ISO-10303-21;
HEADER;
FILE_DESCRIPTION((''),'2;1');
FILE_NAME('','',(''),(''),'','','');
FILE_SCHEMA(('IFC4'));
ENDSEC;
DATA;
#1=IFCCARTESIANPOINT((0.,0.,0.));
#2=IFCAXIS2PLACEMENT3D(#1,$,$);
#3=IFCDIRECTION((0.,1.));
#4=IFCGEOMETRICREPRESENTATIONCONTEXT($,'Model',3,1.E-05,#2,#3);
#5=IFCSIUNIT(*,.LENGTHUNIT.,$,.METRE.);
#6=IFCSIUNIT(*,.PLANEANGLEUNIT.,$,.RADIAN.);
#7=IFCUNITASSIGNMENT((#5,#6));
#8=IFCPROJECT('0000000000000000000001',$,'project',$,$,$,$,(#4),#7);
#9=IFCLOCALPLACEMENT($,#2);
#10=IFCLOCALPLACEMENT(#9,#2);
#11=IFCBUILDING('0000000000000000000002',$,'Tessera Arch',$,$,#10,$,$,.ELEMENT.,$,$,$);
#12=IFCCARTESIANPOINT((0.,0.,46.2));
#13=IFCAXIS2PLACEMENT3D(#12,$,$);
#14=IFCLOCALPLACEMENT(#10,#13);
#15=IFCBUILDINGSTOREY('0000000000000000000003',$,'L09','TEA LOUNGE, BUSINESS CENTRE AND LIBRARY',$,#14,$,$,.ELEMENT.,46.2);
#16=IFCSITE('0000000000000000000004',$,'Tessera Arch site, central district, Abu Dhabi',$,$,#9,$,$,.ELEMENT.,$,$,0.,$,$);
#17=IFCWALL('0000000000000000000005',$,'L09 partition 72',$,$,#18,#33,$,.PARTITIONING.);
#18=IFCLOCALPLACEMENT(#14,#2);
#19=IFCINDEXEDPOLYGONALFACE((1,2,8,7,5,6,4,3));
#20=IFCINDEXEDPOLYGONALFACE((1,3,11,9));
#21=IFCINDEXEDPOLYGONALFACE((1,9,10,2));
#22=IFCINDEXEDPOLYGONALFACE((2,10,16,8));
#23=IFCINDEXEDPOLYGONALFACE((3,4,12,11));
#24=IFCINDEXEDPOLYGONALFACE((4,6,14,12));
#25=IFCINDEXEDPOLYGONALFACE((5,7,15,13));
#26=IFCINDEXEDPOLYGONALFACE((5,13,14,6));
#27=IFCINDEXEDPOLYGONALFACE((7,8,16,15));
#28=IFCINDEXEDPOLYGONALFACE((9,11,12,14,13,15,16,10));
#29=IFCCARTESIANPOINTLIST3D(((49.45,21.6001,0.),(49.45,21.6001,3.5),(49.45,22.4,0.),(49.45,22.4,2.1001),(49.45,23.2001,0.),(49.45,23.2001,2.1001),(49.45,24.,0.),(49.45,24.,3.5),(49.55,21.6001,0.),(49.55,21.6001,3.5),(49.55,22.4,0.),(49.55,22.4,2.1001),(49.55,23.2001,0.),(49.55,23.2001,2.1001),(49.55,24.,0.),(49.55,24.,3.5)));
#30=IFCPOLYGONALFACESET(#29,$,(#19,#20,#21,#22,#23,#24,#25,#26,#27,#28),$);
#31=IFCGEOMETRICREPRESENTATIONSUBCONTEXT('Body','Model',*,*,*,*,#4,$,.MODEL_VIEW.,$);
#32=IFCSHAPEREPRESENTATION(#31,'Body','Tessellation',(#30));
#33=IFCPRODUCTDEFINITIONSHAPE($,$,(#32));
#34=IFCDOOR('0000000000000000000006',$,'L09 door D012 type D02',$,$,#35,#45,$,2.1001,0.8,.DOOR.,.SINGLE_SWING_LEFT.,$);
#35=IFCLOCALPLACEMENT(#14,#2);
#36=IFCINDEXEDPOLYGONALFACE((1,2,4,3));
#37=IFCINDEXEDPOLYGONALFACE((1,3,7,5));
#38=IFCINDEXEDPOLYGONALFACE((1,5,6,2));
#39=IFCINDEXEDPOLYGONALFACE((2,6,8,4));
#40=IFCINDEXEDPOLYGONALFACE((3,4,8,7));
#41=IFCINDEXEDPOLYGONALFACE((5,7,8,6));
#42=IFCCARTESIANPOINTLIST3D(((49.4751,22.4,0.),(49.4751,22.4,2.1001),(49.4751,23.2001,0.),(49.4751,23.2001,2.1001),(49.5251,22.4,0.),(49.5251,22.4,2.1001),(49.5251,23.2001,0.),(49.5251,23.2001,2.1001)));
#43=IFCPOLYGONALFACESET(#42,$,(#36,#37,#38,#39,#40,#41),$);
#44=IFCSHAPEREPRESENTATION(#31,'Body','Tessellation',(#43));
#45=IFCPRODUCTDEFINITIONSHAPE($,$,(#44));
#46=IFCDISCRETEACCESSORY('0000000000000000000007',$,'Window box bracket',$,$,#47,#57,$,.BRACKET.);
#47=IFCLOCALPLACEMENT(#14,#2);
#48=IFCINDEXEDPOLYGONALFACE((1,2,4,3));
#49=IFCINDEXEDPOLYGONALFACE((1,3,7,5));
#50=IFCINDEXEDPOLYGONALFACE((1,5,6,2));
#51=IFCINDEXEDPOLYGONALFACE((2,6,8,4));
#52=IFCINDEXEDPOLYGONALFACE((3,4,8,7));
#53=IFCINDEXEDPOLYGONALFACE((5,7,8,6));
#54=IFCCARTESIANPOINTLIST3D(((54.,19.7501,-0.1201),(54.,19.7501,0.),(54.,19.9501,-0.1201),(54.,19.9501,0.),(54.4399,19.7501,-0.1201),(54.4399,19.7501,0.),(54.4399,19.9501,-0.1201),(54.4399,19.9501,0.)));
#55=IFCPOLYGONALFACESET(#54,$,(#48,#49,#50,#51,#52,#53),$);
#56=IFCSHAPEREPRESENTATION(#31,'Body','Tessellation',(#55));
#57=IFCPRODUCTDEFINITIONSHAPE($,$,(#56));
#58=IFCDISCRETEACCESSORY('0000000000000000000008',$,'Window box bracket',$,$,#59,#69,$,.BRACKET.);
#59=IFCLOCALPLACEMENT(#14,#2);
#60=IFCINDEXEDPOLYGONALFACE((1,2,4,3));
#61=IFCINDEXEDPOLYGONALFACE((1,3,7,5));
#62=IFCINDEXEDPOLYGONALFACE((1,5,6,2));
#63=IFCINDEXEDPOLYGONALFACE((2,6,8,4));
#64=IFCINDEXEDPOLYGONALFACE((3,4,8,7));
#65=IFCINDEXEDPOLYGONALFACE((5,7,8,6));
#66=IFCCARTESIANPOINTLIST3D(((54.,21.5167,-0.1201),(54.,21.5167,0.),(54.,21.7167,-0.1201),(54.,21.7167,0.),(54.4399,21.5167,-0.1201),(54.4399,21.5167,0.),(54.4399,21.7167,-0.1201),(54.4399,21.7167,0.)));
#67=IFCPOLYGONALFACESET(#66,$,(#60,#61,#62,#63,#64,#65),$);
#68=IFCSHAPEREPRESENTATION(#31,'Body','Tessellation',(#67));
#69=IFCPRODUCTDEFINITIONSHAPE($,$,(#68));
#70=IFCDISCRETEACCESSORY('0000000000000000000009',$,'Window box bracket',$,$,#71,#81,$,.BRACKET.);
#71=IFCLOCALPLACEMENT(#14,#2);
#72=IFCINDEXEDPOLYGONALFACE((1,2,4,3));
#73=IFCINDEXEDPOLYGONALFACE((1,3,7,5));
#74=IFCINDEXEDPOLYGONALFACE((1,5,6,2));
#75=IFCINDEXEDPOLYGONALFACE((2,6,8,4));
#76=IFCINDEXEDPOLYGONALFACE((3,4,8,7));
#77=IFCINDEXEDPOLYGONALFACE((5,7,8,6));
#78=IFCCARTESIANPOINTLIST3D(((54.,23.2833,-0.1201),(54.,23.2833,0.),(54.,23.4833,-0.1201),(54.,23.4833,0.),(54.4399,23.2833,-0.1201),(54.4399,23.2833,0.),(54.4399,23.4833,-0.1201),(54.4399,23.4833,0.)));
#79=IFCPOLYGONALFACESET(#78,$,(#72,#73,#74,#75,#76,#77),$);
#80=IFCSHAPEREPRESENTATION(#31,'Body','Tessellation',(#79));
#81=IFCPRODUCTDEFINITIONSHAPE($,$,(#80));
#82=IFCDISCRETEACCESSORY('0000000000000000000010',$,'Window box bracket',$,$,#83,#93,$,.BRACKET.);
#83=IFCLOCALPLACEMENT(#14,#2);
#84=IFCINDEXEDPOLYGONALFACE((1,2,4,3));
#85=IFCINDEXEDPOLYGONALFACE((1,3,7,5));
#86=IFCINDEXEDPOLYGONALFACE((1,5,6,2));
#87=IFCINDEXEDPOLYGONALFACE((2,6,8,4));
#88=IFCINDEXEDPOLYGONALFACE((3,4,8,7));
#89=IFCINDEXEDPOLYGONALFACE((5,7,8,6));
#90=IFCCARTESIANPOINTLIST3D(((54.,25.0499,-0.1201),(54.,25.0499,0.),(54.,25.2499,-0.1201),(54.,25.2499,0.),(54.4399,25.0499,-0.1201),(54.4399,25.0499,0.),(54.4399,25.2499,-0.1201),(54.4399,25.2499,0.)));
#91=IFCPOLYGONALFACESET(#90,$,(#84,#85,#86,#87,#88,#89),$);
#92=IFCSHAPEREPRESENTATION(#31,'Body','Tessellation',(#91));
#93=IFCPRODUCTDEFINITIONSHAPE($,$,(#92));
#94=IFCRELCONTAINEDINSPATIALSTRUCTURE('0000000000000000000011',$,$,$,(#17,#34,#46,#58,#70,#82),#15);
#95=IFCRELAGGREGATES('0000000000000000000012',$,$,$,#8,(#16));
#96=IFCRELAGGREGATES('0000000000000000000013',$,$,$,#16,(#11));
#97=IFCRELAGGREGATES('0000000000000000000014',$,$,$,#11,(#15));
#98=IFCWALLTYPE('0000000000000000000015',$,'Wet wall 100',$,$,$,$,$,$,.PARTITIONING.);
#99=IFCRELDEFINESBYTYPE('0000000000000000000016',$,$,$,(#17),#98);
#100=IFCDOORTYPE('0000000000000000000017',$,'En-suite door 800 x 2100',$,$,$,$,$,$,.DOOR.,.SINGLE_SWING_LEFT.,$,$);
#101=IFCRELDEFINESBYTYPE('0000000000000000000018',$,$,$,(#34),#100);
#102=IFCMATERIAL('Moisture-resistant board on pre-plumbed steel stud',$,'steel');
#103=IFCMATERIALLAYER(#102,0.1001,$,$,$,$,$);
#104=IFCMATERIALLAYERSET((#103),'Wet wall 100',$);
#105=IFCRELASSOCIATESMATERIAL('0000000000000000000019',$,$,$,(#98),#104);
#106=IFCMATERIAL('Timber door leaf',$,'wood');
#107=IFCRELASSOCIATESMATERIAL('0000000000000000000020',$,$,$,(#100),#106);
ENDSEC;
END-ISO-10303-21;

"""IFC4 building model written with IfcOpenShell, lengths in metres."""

from ifc_helpers import new_model, si_unit, direction, frame, frame_2d, origin, origin_2d, place, context, subcontext, project, spatial, rectangle, extrude, material, layer, layer_set, type_object, element, fill, save


model = new_model("IFC4")

# Units and contexts
model_context = context("Model", 3, precision=1e-05, world=origin(), true_north=direction((0.0, 1.0)))
body_context = subcontext(model_context, "Body", "Model", "MODEL_VIEW")
ifc_project = project(units=[si_unit("LENGTHUNIT", "METRE"), si_unit("PLANEANGLEUNIT", "RADIAN")], contexts=[model_context])

# Site, building, storey
site_placement = place(None, origin())
site = spatial("IfcSite", under=ifc_project, at=site_placement, Name="Tessera Arch site, central district, Abu Dhabi", CompositionType="ELEMENT", RefElevation=0.0)
building_placement = place(site_placement, origin())
building = spatial("IfcBuilding", under=site, at=building_placement, Name="Tessera Arch", CompositionType="ELEMENT")
storey_placement = place(building_placement, frame((0.0, 0.0, 46.2)))
storey = spatial("IfcBuildingStorey", under=building, at=storey_placement, Name="L09", Description="TEA LOUNGE, BUSINESS CENTRE AND LIBRARY", CompositionType="ELEMENT", Elevation=46.2)

# Shared definitions
ifc_material_1 = material(Name="Moisture-resistant board on pre-plumbed steel stud", Category="steel")
ifc_layer_1 = layer(ifc_material_1, 0.1001)
ifc_layer_set_1 = layer_set([ifc_layer_1], Name="Wet wall 100")
wall_type_1 = type_object("IfcWallType", Name="Wet wall 100", PredefinedType="PARTITIONING", material=ifc_layer_set_1)

# Wall, opening, door
wall_1_placement = place(storey_placement, frame((49.5, 21.6001, 0.0), z_axis=(0.0, 0.0, 1.0), x_axis=(0.0, 1.0, 0.0)))
wall_1 = element("IfcWall", 1, at=wall_1_placement, inside=storey, type_object=wall_type_1, Name="L09 partition 72", PredefinedType="PARTITIONING", context=body_context, shape_type="SweptSolid", body=[
    extrude(rectangle(XDim=2.3999, YDim=0.1001, at=frame_2d((1.2, 0.0))), origin(), (0.0, 0.0, 1.0), 3.5),
])
opening_placement = place(wall_1_placement, frame((0.8, 0.0, 0.0)))
opening = element("IfcOpeningElement", 2, at=opening_placement, cuts=wall_1, PredefinedType="OPENING", context=body_context, shape_type="SweptSolid", body=[
    extrude(rectangle(XDim=0.8, YDim=2.1001, at=frame_2d((0.3999, 1.05))), frame((0.0, 0.0601, 0.0), z_axis=(0.0, -1.0, 0.0), x_axis=(1.0, 0.0, 0.0)), (0.0, 0.0, 1.0), 0.1201),
])
ifc_material_2 = material(Name="Timber door leaf", Category="wood")
door_type = type_object("IfcDoorType", Name="En-suite door 800 x 2100", OperationType="SINGLE_SWING_LEFT", PredefinedType="DOOR", material=ifc_material_2)
door_placement = place(opening_placement, origin())
door = element("IfcDoor", 3, at=door_placement, inside=storey, type_object=door_type, Name="L09 door D012 type D02", OperationType="SINGLE_SWING_LEFT", OverallHeight=2.1001, OverallWidth=0.8, PredefinedType="DOOR", context=body_context, shape_type="SweptSolid", body=[
    extrude(rectangle(XDim=0.8, YDim=2.1001, at=frame_2d((0.3999, 1.05))), frame((0.0, 0.0249, 0.0), z_axis=(0.0, -1.0, 0.0), x_axis=(1.0, 0.0, 0.0)), (0.0, 0.0, 1.0), 0.05),
])
fill(opening, door)

# Discrete accessories
for number, where, z_axis, x_axis, name in (
    (4, (54.22, 19.8501, -0.1201), (0.0, 0.0, 1.0), (1.0, 0.0, 0.0), "Window box bracket"),
    (5, (54.22, 21.6167, -0.1201), (0.0, 0.0, 1.0), (1.0, 0.0, 0.0), "Window box bracket"),
    (6, (54.22, 23.3833, -0.1201), (0.0, 0.0, 1.0), (1.0, 0.0, 0.0), "Window box bracket"),
    (7, (54.22, 25.1499, -0.1201), (0.0, 0.0, 1.0), (1.0, 0.0, 0.0), "Window box bracket"),
):
    element("IfcDiscreteAccessory", number, at=place(storey_placement, frame(where, z_axis=z_axis, x_axis=x_axis)), inside=storey, Name=name, PredefinedType="BRACKET", context=body_context, shape_type="SweptSolid", body=[
        extrude(rectangle(XDim=0.4399, YDim=0.2, at=origin_2d()), origin(), (0.0, 0.0, 1.0), 0.1201),
    ])

save(model, "model.ifc")
